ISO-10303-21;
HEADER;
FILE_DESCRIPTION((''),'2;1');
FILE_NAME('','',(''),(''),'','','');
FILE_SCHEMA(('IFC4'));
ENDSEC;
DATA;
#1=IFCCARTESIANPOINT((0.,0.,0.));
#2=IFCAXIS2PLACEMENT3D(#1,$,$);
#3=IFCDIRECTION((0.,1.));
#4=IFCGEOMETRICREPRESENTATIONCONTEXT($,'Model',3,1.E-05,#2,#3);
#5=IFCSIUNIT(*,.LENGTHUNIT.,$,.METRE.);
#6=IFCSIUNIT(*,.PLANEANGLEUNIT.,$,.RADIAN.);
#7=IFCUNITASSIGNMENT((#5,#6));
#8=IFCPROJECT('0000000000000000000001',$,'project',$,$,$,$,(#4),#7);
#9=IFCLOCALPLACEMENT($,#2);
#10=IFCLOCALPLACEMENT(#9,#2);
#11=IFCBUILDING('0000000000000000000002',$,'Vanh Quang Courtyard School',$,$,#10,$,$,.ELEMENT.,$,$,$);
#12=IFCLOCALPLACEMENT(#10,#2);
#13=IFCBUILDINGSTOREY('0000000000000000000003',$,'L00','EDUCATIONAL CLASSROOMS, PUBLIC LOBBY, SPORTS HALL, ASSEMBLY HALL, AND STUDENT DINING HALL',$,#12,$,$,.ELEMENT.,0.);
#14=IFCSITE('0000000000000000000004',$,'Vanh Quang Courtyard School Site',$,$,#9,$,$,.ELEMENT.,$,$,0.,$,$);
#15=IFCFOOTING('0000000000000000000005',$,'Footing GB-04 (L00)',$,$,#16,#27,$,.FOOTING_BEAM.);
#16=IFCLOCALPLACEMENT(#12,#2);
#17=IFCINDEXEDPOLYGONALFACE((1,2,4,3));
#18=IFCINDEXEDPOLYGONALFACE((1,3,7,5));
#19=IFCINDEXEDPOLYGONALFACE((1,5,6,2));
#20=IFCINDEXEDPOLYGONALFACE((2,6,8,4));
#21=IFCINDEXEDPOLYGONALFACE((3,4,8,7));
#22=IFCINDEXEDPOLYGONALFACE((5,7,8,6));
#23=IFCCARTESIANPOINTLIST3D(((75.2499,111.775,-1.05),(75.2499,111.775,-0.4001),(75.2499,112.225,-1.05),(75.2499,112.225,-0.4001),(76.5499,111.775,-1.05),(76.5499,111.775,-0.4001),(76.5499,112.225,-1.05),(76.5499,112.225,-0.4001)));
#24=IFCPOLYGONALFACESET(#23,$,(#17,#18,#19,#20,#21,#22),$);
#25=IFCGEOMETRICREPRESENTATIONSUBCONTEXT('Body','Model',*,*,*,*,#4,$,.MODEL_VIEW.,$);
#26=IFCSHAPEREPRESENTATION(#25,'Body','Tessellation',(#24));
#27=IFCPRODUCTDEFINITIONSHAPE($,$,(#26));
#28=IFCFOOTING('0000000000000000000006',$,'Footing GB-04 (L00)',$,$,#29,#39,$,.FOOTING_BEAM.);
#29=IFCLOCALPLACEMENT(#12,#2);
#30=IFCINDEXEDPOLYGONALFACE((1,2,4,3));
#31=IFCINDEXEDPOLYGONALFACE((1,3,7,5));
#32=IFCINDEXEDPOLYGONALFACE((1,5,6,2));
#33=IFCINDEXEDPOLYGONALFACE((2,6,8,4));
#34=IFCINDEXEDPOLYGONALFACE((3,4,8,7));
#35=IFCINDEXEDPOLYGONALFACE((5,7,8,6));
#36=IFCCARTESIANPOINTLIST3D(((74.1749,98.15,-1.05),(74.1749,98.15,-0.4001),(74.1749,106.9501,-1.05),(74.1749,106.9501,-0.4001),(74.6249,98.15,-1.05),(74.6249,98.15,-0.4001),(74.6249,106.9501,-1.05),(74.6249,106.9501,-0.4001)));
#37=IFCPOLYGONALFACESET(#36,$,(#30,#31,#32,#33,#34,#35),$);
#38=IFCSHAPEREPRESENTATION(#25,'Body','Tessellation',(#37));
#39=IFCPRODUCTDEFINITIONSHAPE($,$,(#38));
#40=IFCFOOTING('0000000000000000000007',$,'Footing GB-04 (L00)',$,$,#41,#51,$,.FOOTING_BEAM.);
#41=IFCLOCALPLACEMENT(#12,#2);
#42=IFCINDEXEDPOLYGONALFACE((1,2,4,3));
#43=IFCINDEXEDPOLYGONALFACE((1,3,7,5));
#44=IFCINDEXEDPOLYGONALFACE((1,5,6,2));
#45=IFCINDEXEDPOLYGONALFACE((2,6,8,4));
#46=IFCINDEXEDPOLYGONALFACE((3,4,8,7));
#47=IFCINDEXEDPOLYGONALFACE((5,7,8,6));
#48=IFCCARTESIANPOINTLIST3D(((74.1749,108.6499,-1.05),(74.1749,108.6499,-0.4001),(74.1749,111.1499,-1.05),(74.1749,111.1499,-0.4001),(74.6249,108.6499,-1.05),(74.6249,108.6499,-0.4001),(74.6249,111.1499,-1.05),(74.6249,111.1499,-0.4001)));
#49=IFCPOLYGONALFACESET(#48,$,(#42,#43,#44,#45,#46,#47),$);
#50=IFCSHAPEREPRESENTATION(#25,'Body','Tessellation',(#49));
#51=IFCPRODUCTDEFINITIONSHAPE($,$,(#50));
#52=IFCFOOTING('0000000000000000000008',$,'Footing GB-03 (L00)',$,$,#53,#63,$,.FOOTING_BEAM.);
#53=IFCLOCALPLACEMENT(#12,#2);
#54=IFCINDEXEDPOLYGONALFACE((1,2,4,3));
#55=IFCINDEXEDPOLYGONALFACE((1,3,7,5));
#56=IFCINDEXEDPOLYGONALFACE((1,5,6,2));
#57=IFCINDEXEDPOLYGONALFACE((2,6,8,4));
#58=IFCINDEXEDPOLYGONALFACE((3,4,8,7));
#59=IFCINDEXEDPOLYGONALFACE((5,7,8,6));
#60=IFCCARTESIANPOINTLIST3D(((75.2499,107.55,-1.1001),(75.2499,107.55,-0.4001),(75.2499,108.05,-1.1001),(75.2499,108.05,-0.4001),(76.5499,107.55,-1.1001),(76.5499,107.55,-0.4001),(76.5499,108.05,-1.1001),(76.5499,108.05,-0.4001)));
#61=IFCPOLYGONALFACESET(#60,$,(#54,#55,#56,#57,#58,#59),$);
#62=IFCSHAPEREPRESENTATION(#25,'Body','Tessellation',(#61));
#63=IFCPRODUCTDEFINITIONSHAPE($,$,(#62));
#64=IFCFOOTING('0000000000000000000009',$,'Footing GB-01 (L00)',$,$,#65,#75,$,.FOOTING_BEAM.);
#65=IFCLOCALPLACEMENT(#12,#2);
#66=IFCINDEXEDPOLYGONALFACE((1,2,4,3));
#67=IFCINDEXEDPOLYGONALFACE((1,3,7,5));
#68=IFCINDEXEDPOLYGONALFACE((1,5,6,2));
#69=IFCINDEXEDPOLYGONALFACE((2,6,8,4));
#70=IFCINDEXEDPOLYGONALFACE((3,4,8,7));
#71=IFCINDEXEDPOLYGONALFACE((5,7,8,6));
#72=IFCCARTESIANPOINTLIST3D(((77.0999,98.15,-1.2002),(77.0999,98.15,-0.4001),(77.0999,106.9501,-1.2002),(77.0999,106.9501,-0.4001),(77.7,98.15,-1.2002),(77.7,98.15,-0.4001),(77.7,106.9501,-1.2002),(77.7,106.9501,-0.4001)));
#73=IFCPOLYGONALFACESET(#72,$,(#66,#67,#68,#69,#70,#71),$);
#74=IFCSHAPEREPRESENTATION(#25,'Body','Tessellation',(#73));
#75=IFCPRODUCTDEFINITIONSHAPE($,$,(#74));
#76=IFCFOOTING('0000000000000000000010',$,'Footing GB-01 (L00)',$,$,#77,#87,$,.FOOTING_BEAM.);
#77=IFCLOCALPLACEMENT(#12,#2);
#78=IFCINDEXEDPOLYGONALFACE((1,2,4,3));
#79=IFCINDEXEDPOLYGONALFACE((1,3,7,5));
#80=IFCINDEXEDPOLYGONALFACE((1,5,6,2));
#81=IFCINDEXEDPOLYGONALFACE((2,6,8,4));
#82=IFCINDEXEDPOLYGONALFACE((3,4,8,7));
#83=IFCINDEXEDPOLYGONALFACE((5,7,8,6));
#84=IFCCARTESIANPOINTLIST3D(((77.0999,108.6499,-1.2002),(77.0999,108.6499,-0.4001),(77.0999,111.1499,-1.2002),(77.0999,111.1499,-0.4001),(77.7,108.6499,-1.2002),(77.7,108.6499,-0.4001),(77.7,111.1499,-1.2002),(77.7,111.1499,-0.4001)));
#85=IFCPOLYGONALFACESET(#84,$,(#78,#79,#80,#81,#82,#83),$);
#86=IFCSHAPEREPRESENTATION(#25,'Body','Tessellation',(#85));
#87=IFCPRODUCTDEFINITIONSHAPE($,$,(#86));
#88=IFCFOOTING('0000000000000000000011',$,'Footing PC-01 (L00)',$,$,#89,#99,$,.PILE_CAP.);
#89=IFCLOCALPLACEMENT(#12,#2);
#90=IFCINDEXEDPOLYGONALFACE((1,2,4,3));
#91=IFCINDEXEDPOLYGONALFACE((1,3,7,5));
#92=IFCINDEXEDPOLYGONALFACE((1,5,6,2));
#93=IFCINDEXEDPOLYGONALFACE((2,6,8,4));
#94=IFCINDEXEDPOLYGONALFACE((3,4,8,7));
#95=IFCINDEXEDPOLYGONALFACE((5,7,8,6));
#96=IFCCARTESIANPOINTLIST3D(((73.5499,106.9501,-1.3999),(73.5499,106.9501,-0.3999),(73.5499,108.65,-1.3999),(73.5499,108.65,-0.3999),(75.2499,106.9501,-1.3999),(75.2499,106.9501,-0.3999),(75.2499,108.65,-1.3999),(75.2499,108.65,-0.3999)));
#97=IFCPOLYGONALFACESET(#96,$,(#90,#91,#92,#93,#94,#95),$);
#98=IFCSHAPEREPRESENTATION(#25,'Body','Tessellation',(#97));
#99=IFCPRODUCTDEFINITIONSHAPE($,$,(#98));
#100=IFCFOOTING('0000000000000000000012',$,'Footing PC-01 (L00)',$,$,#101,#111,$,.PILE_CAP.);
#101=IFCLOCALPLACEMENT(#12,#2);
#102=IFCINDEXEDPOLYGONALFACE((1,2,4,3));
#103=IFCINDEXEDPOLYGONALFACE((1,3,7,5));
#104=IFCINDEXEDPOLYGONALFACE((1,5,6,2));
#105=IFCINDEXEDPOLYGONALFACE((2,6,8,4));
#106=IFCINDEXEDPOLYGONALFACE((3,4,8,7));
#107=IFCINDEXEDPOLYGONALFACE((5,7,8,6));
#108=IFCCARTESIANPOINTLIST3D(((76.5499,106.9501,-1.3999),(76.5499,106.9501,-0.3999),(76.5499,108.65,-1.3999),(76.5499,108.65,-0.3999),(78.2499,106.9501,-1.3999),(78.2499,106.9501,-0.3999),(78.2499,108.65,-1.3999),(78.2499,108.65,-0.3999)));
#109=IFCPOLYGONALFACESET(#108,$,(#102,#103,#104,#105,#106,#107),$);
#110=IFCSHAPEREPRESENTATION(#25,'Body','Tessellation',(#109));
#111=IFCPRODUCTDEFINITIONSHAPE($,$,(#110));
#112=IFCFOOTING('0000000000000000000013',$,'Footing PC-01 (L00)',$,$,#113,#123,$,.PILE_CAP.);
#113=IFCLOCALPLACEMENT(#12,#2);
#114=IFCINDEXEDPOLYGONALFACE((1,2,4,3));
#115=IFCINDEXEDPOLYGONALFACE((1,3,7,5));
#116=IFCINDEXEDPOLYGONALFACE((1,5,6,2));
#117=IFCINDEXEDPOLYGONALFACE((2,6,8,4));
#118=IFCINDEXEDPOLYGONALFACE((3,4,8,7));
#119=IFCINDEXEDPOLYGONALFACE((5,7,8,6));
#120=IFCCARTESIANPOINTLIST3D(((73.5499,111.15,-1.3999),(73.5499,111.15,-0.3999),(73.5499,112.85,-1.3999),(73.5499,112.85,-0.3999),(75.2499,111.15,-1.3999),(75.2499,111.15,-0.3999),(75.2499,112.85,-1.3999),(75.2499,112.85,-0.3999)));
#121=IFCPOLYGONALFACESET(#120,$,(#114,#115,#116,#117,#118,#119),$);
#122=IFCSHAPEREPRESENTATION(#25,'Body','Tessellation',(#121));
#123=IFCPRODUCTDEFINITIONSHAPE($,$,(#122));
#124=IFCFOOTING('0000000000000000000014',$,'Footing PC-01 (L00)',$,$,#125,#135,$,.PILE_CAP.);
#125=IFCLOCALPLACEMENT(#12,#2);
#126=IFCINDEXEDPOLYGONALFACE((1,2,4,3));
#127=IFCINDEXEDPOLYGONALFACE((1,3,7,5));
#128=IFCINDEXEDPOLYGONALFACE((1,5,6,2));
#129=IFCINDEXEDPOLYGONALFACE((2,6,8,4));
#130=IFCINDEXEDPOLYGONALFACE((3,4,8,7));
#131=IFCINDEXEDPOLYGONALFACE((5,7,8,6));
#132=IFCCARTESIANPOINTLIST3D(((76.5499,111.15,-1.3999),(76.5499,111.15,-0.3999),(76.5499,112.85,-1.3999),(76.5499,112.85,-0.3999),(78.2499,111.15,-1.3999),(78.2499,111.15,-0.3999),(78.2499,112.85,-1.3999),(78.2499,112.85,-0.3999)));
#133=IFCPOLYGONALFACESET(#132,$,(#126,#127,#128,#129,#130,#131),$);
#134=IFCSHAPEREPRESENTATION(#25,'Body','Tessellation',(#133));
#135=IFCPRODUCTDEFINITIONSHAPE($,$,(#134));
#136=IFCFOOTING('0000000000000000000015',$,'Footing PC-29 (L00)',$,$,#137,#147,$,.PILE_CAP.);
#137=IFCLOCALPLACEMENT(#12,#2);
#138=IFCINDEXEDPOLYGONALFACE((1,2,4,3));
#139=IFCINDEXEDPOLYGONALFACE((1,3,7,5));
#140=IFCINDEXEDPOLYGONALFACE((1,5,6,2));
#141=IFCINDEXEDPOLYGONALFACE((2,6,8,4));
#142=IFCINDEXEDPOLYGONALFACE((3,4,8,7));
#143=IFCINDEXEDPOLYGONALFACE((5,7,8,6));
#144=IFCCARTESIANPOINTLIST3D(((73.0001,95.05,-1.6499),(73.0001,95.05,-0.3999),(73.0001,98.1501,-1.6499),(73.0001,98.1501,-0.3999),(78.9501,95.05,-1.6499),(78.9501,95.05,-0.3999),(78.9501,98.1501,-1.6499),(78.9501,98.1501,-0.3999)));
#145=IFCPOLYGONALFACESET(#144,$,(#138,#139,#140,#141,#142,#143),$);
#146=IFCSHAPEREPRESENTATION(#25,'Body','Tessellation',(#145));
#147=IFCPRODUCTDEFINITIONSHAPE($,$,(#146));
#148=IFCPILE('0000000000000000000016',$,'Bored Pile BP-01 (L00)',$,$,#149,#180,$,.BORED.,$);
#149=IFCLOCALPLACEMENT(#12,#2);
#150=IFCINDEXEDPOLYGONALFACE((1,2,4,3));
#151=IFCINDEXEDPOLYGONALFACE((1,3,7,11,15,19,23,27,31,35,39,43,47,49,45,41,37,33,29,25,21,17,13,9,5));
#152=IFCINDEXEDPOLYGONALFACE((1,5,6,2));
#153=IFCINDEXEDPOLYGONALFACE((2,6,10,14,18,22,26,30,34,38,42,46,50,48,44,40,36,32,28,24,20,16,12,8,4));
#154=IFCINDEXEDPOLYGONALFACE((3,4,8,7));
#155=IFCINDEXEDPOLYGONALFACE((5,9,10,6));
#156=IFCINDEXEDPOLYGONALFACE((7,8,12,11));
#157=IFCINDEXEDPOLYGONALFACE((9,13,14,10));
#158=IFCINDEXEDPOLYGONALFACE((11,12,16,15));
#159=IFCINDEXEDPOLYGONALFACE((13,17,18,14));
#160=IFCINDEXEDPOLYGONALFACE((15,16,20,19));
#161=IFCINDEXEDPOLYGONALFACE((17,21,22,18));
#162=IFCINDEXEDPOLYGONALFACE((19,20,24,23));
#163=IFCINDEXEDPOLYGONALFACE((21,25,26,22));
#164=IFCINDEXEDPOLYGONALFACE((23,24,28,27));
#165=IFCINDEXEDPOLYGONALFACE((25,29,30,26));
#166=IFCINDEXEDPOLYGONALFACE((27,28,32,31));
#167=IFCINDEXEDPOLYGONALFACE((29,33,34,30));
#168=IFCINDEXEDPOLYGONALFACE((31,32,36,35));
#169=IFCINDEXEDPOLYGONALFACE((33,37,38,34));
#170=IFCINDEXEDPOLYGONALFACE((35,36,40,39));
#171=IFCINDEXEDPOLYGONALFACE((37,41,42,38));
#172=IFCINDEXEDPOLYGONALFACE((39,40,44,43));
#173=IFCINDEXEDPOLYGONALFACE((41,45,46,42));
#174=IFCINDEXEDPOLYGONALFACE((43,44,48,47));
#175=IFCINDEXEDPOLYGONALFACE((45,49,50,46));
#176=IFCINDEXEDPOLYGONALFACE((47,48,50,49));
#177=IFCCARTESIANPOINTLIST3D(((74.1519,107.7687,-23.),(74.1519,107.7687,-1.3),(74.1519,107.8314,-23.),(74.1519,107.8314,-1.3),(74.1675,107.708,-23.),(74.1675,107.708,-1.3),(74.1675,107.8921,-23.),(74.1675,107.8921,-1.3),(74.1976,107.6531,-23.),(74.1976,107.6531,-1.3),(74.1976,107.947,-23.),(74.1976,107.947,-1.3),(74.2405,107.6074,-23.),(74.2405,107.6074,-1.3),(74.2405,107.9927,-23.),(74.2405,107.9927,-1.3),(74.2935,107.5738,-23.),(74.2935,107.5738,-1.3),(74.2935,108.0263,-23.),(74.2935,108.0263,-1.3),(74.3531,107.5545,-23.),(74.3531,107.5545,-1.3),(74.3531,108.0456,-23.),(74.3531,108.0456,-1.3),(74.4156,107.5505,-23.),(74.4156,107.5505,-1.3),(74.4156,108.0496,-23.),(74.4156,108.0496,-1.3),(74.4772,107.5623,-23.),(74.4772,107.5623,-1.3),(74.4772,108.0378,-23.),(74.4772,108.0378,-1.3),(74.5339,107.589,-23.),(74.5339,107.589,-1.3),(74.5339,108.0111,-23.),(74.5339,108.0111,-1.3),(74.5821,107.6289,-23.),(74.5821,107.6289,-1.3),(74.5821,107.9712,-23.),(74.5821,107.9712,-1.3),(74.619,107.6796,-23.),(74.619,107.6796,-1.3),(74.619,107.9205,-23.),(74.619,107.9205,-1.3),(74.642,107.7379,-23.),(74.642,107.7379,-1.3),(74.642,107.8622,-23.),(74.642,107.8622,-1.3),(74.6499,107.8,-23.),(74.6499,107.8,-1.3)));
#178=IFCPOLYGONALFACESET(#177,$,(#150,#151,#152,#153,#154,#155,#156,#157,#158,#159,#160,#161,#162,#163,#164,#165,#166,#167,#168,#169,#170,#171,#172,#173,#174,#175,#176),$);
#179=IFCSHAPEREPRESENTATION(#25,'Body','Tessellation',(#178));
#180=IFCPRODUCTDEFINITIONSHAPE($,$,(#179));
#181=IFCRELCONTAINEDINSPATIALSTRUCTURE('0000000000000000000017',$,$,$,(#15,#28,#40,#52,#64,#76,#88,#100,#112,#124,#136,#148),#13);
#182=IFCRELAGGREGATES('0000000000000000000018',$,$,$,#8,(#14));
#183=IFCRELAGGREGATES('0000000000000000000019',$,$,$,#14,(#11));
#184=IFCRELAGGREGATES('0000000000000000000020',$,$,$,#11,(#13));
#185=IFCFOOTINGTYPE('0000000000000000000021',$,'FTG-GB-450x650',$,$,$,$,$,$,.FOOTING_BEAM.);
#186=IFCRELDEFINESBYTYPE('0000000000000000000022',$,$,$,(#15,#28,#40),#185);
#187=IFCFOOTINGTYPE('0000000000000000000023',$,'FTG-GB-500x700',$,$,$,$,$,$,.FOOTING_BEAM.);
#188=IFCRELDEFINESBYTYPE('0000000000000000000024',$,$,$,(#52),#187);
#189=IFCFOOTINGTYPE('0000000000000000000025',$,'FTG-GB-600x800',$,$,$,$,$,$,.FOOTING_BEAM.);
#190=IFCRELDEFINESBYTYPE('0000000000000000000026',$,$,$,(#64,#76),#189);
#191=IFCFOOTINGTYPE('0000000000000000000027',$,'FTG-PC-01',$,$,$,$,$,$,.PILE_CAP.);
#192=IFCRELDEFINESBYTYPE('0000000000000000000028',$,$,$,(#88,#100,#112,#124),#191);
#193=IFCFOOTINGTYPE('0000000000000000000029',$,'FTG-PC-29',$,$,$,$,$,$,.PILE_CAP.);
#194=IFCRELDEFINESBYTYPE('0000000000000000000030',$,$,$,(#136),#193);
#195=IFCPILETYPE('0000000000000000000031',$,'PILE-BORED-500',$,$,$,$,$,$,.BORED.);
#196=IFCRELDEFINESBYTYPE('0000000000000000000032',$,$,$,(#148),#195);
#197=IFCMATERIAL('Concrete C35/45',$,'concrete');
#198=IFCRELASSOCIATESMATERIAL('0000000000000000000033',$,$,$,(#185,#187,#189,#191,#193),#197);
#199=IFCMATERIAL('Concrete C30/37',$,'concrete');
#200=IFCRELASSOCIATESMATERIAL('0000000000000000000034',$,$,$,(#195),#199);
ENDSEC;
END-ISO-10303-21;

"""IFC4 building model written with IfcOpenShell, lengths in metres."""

from ifc_helpers import new_model, si_unit, direction, frame, origin, origin_2d, place, context, subcontext, project, spatial, rectangle, circle, extrude, material, material_profile, profile_set, type_object, element, save


model = new_model("IFC4")

# Units and contexts
model_context = context("Model", 3, precision=1e-05, world=origin(), true_north=direction((0.0, 1.0)))
body_context = subcontext(model_context, "Body", "Model", "MODEL_VIEW")
ifc_project = project(units=[si_unit("LENGTHUNIT", "METRE"), si_unit("PLANEANGLEUNIT", "RADIAN")], contexts=[model_context])

# Site, building, storey
site_placement = place(None, origin())
site = spatial("IfcSite", under=ifc_project, at=site_placement, Name="Vanh Quang Courtyard School Site", CompositionType="ELEMENT", RefElevation=0.0)
building_placement = place(site_placement, origin())
building = spatial("IfcBuilding", under=site, at=building_placement, Name="Vanh Quang Courtyard School", CompositionType="ELEMENT")
storey_placement = place(building_placement, origin())
storey = spatial("IfcBuildingStorey", under=building, at=storey_placement, Name="L00", Description="EDUCATIONAL CLASSROOMS, PUBLIC LOBBY, SPORTS HALL, ASSEMBLY HALL, AND STUDENT DINING HALL", CompositionType="ELEMENT", Elevation=0.0)

# Footings
ifc_material_1 = material(Name="Concrete C35/45", Category="concrete")
footing_type_1 = type_object("IfcFootingType", Name="FTG-GB-450x650", PredefinedType="FOOTING_BEAM", material=ifc_material_1)
footing_1_placement = place(storey_placement, frame((75.8999, 112.0, -1.05), z_axis=(0.0, 0.0, 1.0), x_axis=(1.0, 0.0, 0.0)))
element("IfcFooting", 1, at=footing_1_placement, inside=storey, type_object=footing_type_1, Name="Footing GB-04 (L00)", PredefinedType="FOOTING_BEAM", context=body_context, shape_type="SweptSolid", body=[
    extrude(rectangle(XDim=1.3, YDim=0.45, at=origin_2d()), origin(), (0.0, 0.0, 1.0), 0.6499),
])
footing_2_placement = place(storey_placement, frame((74.3999, 102.55, -1.05), z_axis=(0.0, 0.0, 1.0), x_axis=(0.0, 1.0, 0.0)))
element("IfcFooting", 2, at=footing_2_placement, inside=storey, type_object=footing_type_1, Name="Footing GB-04 (L00)", PredefinedType="FOOTING_BEAM", context=body_context, shape_type="SweptSolid", body=[
    extrude(rectangle(XDim=8.8, YDim=0.45, at=origin_2d()), origin(), (0.0, 0.0, 1.0), 0.6499),
])
footing_3_placement = place(storey_placement, frame((74.3999, 109.8999, -1.05), z_axis=(0.0, 0.0, 1.0), x_axis=(0.0, 1.0, 0.0)))
element("IfcFooting", 3, at=footing_3_placement, inside=storey, type_object=footing_type_1, Name="Footing GB-04 (L00)", PredefinedType="FOOTING_BEAM", context=body_context, shape_type="SweptSolid", body=[
    extrude(rectangle(XDim=2.5, YDim=0.45, at=origin_2d()), origin(), (0.0, 0.0, 1.0), 0.6499),
])
footing_type_2 = type_object("IfcFootingType", Name="FTG-GB-500x700", PredefinedType="FOOTING_BEAM", material=ifc_material_1)
footing_4_placement = place(storey_placement, frame((75.8999, 107.8, -1.1001), z_axis=(0.0, 0.0, 1.0), x_axis=(1.0, 0.0, 0.0)))
element("IfcFooting", 4, at=footing_4_placement, inside=storey, type_object=footing_type_2, Name="Footing GB-03 (L00)", PredefinedType="FOOTING_BEAM", context=body_context, shape_type="SweptSolid", body=[
    extrude(rectangle(XDim=1.3, YDim=0.5, at=origin_2d()), origin(), (0.0, 0.0, 1.0), 0.7),
])
footing_type_3 = type_object("IfcFootingType", Name="FTG-GB-600x800", PredefinedType="FOOTING_BEAM", material=ifc_material_1)
footing_5_placement = place(storey_placement, frame((77.3999, 102.55, -1.2002), z_axis=(0.0, 0.0, 1.0), x_axis=(0.0, 1.0, 0.0)))
element("IfcFooting", 5, at=footing_5_placement, inside=storey, type_object=footing_type_3, Name="Footing GB-01 (L00)", PredefinedType="FOOTING_BEAM", context=body_context, shape_type="SweptSolid", body=[
    extrude(rectangle(XDim=8.8, YDim=0.6001, at=origin_2d()), origin(), (0.0, 0.0, 1.0), 0.8),
])
footing_6_placement = place(storey_placement, frame((77.3999, 109.8999, -1.2002), z_axis=(0.0, 0.0, 1.0), x_axis=(0.0, 1.0, 0.0)))
element("IfcFooting", 6, at=footing_6_placement, inside=storey, type_object=footing_type_3, Name="Footing GB-01 (L00)", PredefinedType="FOOTING_BEAM", context=body_context, shape_type="SweptSolid", body=[
    extrude(rectangle(XDim=2.5, YDim=0.6001, at=origin_2d()), origin(), (0.0, 0.0, 1.0), 0.8),
])
footing_type_4 = type_object("IfcFootingType", Name="FTG-PC-01", PredefinedType="PILE_CAP", material=ifc_material_1)
for number, where, z_axis, x_axis, name in (
    (7, (74.3999, 107.8, -1.3999), (0.0, 0.0, 1.0), (1.0, 0.0, 0.0), "Footing PC-01 (L00)"),
    (8, (77.3999, 107.8, -1.3999), (0.0, 0.0, 1.0), (1.0, 0.0, 0.0), "Footing PC-01 (L00)"),
    (9, (74.3999, 112.0, -1.3999), (0.0, 0.0, 1.0), (1.0, 0.0, 0.0), "Footing PC-01 (L00)"),
    (10, (77.3999, 112.0, -1.3999), (0.0, 0.0, 1.0), (1.0, 0.0, 0.0), "Footing PC-01 (L00)"),
):
    element("IfcFooting", number, at=place(storey_placement, frame(where, z_axis=z_axis, x_axis=x_axis)), inside=storey, type_object=footing_type_4, Name=name, PredefinedType="PILE_CAP", context=body_context, shape_type="SweptSolid", body=[
        extrude(rectangle(XDim=1.7, YDim=1.7, at=origin_2d()), origin(), (0.0, 0.0, 1.0), 1.0),
    ])
footing_type_5 = type_object("IfcFootingType", Name="FTG-PC-29", PredefinedType="PILE_CAP", material=ifc_material_1)
footing_7_placement = place(storey_placement, frame((75.9751, 96.6001, -1.6499), z_axis=(0.0, 0.0, 1.0), x_axis=(1.0, 0.0, 0.0)))
element("IfcFooting", 11, at=footing_7_placement, inside=storey, type_object=footing_type_5, Name="Footing PC-29 (L00)", PredefinedType="PILE_CAP", context=body_context, shape_type="SweptSolid", body=[
    extrude(rectangle(XDim=5.95, YDim=3.1001, at=origin_2d()), origin(), (0.0, 0.0, 1.0), 1.25),
])

# Pile
ifc_material_2 = material(Name="Concrete C30/37", Category="concrete")
ifc_material_profile_1 = material_profile(ifc_material_2, circle(Radius=0.25, at=origin_2d()), Name="PILE D500")
ifc_profile_set_1 = profile_set([ifc_material_profile_1], Name="Concrete C30/37")
pile_type_1 = type_object("IfcPileType", Name="PILE-BORED-500", PredefinedType="BORED", material=ifc_profile_set_1)
for number, where, z_axis, x_axis, name in (
    (12, (74.3999, 107.8, -1.3), (0.0, 0.0, -1.0), (1.0, 0.0, 0.0), "Bored Pile BP-01 (L00)"),
):
    element("IfcPile", number, at=place(storey_placement, frame(where, z_axis=z_axis, x_axis=x_axis)), inside=storey, type_object=pile_type_1, Name=name, PredefinedType="BORED", context=body_context, shape_type="SweptSolid", body=[
        extrude(circle(Radius=0.25, at=origin_2d()), origin(), (0.0, 0.0, 1.0), 21.7),
    ])

save(model, "model.ifc")
